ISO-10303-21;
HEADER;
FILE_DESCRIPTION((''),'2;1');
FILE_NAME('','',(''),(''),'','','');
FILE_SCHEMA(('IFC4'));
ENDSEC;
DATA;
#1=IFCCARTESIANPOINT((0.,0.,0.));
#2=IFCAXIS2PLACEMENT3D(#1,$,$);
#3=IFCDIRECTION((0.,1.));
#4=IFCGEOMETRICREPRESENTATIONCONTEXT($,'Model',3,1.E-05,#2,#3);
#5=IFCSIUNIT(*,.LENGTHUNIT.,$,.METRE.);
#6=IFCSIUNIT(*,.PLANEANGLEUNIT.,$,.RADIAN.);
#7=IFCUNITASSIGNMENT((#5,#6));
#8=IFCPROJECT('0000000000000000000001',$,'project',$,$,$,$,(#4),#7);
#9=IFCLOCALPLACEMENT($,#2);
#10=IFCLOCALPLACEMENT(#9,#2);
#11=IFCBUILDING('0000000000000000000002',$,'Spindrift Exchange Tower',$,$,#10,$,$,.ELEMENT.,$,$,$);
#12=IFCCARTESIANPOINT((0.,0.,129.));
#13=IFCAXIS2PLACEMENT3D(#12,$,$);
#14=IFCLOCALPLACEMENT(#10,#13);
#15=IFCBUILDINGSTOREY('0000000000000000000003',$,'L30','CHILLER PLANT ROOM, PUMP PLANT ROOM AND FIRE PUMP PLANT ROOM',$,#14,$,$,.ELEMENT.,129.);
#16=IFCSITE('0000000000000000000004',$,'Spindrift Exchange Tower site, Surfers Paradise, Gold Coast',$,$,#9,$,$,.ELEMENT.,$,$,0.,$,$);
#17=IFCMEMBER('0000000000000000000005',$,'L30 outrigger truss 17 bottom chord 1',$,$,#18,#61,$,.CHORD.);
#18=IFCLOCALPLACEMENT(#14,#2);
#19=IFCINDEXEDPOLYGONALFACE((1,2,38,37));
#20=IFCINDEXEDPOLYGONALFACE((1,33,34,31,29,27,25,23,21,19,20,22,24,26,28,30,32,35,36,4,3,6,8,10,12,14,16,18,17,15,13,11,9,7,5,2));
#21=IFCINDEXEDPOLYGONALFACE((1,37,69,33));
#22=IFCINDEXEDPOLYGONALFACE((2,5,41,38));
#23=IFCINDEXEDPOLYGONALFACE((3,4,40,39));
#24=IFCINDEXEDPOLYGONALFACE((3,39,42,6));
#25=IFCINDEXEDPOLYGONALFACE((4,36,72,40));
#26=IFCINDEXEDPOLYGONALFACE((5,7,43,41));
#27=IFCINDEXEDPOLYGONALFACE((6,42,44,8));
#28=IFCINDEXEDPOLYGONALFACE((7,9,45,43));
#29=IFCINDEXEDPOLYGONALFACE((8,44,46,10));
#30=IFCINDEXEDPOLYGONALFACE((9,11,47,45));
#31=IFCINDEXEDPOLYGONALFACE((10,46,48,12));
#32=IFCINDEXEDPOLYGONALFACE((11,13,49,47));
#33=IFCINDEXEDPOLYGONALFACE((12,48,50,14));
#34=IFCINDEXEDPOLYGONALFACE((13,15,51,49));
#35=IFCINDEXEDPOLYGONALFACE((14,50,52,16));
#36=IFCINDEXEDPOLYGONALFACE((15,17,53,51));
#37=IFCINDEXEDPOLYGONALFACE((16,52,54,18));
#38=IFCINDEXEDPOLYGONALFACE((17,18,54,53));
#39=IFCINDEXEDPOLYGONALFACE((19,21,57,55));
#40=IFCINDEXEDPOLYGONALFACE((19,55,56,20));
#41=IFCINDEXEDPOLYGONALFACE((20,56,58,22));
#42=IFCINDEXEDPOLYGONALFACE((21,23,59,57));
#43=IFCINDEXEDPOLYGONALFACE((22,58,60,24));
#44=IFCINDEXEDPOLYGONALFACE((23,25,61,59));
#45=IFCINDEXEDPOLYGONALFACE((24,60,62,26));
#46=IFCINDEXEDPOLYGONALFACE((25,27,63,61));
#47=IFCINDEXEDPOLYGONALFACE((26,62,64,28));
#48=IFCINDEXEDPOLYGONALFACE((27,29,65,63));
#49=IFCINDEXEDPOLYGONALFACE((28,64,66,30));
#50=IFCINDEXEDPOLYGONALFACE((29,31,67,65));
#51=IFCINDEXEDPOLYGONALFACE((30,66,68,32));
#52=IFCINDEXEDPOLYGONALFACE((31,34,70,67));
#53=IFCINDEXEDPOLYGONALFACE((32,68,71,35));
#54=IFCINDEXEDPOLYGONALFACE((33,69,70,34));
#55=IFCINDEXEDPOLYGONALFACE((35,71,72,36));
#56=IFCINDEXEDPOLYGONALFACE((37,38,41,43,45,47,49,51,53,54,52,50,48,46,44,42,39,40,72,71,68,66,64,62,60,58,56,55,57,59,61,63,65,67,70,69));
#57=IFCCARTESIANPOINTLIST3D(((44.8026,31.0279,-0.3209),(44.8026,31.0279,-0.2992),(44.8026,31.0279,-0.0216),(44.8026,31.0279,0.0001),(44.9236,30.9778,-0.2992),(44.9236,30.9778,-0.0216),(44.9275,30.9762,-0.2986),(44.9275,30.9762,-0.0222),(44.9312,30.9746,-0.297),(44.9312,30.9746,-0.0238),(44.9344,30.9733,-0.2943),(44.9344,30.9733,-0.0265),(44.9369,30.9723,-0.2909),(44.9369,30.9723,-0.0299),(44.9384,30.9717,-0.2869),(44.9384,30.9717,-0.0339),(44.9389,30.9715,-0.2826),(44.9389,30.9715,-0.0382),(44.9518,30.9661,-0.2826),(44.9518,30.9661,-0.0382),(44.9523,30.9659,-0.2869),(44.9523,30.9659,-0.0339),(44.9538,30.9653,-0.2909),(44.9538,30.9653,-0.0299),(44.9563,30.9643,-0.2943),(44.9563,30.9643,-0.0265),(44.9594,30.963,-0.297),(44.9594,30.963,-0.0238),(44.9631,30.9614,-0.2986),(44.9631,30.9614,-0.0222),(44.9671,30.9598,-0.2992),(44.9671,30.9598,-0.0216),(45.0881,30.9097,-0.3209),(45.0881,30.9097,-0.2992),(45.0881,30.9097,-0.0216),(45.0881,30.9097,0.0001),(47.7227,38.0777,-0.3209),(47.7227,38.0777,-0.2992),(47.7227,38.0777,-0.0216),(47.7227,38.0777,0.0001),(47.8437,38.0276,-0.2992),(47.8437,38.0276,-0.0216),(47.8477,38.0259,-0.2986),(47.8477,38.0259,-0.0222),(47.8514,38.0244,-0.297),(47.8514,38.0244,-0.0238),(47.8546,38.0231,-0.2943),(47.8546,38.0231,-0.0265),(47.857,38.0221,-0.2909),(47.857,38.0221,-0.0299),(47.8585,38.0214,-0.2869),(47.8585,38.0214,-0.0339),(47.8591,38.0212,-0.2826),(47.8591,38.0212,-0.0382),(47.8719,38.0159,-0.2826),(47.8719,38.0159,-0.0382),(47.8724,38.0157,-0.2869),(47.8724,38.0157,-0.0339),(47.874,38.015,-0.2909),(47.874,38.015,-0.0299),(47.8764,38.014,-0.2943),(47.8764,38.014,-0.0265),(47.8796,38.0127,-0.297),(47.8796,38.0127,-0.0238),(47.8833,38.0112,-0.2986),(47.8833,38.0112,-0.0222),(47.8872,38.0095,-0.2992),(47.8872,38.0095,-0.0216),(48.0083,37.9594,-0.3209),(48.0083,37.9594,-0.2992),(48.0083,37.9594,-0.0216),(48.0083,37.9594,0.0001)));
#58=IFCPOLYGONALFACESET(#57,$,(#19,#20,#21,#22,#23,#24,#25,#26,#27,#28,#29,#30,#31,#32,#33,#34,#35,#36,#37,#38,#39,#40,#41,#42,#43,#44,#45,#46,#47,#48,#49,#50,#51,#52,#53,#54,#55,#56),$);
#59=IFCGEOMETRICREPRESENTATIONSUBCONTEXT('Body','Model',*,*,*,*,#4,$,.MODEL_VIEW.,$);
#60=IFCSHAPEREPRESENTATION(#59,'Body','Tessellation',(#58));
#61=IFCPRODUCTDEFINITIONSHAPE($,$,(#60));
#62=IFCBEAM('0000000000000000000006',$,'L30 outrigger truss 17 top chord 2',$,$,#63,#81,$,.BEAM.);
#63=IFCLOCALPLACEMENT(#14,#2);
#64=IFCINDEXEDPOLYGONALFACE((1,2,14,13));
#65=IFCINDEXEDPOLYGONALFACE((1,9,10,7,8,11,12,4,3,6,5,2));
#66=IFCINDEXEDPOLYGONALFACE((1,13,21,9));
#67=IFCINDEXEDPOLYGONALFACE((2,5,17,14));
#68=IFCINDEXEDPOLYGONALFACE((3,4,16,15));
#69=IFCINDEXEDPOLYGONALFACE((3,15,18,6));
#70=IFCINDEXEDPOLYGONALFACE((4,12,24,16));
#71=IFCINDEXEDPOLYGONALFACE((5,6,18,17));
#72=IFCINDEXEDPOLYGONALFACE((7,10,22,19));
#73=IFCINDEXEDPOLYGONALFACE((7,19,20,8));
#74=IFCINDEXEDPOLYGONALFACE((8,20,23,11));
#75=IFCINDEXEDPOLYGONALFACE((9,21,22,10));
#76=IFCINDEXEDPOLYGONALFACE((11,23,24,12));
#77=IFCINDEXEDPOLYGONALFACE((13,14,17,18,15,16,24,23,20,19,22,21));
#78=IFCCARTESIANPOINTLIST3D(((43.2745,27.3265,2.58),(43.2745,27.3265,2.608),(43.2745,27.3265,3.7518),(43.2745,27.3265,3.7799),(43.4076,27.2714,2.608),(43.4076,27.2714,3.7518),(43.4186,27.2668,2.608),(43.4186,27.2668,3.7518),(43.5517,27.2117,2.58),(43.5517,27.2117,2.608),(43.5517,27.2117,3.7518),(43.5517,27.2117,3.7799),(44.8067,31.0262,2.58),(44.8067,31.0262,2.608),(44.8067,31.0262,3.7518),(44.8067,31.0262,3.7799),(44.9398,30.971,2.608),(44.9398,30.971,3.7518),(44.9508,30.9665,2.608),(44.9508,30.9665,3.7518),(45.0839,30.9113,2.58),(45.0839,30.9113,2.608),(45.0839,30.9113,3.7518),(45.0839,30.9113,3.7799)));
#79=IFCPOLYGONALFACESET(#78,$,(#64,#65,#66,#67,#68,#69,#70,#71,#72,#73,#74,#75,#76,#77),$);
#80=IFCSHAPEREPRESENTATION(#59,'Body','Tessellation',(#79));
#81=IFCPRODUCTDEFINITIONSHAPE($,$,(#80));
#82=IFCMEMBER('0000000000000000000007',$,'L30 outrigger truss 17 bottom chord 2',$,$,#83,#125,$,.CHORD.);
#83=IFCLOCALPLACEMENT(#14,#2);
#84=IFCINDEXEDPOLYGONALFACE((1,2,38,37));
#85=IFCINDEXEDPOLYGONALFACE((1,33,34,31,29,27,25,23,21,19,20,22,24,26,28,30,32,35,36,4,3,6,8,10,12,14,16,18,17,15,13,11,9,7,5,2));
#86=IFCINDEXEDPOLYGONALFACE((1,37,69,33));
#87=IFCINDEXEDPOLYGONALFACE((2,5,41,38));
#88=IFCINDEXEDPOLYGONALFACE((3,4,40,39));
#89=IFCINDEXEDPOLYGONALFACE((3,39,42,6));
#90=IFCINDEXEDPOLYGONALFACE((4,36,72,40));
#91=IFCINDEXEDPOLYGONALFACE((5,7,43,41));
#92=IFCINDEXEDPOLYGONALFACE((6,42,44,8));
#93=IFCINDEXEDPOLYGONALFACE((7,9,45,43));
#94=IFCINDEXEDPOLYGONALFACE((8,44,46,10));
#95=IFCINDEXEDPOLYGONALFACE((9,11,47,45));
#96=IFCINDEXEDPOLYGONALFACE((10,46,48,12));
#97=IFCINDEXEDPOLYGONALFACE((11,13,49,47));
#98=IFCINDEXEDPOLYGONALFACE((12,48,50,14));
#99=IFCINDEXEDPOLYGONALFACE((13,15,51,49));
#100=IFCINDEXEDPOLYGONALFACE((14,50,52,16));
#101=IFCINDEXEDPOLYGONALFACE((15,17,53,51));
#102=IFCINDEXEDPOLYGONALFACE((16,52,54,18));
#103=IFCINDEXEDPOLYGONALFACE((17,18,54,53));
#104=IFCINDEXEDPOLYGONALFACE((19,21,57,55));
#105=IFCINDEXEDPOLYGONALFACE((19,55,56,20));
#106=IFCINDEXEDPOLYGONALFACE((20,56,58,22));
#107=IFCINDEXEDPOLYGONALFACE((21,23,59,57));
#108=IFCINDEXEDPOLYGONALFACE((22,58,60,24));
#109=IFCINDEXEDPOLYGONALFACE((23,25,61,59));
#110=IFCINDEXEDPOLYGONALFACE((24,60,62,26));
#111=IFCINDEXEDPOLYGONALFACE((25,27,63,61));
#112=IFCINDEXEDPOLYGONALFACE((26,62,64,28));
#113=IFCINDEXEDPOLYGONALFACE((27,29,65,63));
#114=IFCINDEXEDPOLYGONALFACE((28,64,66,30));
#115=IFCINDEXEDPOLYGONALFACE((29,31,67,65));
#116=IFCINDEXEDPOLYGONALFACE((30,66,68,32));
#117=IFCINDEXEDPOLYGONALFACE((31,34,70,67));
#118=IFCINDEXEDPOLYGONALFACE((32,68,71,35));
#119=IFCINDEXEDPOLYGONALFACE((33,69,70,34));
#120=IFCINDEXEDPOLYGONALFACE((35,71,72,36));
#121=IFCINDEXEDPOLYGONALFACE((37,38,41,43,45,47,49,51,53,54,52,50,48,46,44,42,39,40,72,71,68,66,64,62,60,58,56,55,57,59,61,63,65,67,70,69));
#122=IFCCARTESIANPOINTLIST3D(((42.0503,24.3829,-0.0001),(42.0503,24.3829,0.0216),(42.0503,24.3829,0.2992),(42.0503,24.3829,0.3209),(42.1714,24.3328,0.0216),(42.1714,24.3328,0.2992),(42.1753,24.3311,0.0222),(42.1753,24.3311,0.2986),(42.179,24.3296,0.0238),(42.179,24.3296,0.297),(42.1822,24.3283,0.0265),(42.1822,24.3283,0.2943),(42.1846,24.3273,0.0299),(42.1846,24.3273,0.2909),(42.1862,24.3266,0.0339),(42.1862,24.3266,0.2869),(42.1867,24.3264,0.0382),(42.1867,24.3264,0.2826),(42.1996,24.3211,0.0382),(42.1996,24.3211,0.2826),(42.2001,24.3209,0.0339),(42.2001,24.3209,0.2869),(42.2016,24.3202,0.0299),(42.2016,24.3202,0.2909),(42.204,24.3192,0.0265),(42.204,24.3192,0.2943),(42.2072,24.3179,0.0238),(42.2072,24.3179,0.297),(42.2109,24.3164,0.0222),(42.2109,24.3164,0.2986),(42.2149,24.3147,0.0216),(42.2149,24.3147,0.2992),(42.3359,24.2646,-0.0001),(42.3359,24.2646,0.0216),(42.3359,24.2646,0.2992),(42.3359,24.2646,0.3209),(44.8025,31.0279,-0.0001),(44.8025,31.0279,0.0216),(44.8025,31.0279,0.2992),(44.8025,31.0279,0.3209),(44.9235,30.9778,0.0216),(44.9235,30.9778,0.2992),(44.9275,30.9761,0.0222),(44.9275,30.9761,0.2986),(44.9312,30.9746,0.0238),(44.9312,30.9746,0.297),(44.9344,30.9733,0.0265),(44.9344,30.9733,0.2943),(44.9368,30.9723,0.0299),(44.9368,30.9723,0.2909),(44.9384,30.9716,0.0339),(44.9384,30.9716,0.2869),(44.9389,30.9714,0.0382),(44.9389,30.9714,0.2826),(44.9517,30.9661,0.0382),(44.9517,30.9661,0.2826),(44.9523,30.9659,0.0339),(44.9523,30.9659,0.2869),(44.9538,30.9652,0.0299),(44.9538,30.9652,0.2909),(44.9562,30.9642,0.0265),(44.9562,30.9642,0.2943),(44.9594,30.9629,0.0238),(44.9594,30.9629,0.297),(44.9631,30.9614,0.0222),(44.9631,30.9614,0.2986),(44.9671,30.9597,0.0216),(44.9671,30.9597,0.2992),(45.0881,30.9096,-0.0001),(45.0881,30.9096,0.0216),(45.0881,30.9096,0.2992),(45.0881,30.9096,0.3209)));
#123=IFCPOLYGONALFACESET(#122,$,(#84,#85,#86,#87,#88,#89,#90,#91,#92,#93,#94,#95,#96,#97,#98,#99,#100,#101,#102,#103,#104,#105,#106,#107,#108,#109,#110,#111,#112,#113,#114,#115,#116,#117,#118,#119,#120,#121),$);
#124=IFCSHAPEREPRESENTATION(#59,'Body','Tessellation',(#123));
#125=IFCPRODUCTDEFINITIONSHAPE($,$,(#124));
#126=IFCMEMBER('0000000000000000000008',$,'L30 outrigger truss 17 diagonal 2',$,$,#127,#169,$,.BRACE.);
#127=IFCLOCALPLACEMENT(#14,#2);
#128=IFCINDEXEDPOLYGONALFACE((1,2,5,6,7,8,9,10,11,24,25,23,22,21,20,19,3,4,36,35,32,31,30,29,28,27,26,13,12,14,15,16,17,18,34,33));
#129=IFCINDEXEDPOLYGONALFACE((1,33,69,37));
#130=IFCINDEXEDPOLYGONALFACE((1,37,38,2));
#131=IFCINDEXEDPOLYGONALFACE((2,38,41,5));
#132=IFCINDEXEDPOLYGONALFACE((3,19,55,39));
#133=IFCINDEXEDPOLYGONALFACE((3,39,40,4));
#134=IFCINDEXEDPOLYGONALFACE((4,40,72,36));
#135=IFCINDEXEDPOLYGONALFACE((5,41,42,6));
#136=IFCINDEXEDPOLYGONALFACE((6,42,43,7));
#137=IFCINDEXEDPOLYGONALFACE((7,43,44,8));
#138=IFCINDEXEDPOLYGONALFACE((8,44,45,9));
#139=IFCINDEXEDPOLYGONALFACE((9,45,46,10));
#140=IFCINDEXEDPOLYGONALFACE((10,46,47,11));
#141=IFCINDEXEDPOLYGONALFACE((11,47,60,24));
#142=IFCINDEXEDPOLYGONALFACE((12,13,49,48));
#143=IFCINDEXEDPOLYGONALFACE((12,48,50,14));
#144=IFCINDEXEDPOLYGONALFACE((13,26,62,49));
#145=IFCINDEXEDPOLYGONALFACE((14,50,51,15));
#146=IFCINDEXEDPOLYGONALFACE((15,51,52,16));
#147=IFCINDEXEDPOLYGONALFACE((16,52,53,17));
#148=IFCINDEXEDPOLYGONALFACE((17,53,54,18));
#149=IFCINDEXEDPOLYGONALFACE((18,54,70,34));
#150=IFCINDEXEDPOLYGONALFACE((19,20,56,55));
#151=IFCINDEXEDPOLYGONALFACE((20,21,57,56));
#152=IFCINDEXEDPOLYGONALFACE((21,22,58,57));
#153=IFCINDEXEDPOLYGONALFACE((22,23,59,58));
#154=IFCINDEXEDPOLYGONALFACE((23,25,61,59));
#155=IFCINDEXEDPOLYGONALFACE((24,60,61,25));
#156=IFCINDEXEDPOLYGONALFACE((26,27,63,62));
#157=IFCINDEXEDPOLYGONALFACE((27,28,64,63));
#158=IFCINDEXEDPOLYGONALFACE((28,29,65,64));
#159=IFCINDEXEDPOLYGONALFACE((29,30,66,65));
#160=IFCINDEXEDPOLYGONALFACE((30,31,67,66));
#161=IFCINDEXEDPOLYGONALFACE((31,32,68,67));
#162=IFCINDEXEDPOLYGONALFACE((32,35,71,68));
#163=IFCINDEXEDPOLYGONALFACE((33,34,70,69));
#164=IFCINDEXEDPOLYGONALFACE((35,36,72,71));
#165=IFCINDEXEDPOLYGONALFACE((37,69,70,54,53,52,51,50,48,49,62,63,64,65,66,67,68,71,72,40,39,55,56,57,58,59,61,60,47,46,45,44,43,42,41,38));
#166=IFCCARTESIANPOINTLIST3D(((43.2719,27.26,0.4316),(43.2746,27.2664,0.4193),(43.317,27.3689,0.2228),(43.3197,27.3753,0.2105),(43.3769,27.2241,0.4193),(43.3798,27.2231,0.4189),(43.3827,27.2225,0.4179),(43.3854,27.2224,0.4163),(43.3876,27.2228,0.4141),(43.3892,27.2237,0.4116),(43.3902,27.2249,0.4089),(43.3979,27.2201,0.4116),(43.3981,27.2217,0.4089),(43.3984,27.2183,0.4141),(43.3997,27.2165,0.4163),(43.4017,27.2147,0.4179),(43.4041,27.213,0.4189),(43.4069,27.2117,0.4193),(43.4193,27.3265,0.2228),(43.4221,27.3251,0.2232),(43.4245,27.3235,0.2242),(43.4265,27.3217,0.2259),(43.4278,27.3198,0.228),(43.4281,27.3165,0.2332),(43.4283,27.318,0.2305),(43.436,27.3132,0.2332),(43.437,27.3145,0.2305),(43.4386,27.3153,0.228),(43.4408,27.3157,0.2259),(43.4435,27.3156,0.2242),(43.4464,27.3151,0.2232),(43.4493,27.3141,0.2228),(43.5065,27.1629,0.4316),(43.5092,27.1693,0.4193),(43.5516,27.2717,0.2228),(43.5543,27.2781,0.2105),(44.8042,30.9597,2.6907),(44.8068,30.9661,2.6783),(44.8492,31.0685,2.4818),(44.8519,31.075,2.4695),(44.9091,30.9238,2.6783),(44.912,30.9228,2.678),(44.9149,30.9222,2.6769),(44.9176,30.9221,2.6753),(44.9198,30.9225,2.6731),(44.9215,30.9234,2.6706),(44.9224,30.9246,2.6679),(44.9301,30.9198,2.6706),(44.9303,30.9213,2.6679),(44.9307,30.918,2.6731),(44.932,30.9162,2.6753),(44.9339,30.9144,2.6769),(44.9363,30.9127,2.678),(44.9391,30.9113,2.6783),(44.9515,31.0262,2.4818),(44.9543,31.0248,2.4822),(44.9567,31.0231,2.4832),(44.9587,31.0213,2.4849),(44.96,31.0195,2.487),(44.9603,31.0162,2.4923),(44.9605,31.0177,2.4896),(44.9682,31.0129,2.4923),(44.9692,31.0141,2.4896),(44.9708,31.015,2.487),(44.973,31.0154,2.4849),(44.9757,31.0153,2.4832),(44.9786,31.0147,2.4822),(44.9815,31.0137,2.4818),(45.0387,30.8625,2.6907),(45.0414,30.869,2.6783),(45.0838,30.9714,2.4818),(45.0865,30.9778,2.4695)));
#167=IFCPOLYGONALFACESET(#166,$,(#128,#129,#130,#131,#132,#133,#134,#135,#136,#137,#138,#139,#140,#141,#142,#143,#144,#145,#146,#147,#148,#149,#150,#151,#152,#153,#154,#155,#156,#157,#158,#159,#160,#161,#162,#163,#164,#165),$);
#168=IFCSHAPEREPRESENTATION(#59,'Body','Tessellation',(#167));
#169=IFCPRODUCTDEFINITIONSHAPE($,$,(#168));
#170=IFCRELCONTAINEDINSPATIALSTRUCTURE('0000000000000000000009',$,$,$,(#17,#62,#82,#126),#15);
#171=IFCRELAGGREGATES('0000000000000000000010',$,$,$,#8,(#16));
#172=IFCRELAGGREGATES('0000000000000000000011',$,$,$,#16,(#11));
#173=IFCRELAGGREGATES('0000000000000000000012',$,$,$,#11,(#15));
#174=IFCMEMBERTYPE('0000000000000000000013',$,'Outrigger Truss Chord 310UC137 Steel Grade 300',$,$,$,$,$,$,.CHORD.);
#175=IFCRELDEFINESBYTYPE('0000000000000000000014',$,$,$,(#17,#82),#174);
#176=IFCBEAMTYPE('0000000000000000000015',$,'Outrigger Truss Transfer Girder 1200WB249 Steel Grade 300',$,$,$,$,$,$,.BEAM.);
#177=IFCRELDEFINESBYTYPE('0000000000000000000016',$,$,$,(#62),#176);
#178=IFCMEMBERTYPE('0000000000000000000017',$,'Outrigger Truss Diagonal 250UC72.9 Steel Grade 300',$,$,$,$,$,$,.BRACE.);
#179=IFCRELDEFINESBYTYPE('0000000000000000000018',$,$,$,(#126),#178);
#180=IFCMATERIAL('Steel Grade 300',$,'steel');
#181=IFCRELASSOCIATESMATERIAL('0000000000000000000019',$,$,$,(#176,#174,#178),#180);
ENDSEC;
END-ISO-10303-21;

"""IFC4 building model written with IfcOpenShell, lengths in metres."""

from ifc_helpers import new_model, si_unit, direction, frame, origin, origin_2d, place, context, subcontext, project, spatial, i_section, extrude, source, transform, mapped, material, material_profile, profile_set, type_object, element, save


model = new_model("IFC4")

# Units and contexts
model_context = context("Model", 3, precision=1e-05, world=origin(), true_north=direction((0.0, 1.0)))
body_context = subcontext(model_context, "Body", "Model", "MODEL_VIEW")
ifc_project = project(units=[si_unit("LENGTHUNIT", "METRE"), si_unit("PLANEANGLEUNIT", "RADIAN")], contexts=[model_context])

# Site, building, storey
site_placement = place(None, origin())
site = spatial("IfcSite", under=ifc_project, at=site_placement, Name="Spindrift Exchange Tower site, Surfers Paradise, Gold Coast", CompositionType="ELEMENT", RefElevation=0.0)
building_placement = place(site_placement, origin())
building = spatial("IfcBuilding", under=site, at=building_placement, Name="Spindrift Exchange Tower", CompositionType="ELEMENT")
storey_placement = place(building_placement, frame((0.0, 0.0, 129.0)))
storey = spatial("IfcBuildingStorey", under=building, at=storey_placement, Name="L30", Description="CHILLER PLANT ROOM, PUMP PLANT ROOM AND FIRE PUMP PLANT ROOM", CompositionType="ELEMENT", Elevation=129.0)

# Shared definitions
ifc_material_1 = material(Name="Steel Grade 300", Category="steel")
ifc_material_profile_1 = material_profile(ifc_material_1, i_section(OverallWidth=0.3, OverallDepth=1.2, WebThickness=0.012, FlangeThickness=0.0281, at=origin_2d()), Name="1200WB249")
ifc_profile_set_1 = profile_set([ifc_material_profile_1], Name="Steel Grade 300")
beam_type = type_object("IfcBeamType", Name="Outrigger Truss Transfer Girder 1200WB249 Steel Grade 300", PredefinedType="BEAM", material=ifc_profile_set_1)

# Shared definitions
ifc_material_profile_2 = material_profile(ifc_material_1, i_section(OverallWidth=0.3091, OverallDepth=0.321, WebThickness=0.0139, FlangeThickness=0.0217, FilletRadius=0.0166, at=origin_2d()), Name="310UC137")
ifc_profile_set_2 = profile_set([ifc_material_profile_2], Name="Steel Grade 300")
member_type_1 = type_object("IfcMemberType", Name="Outrigger Truss Chord 310UC137 Steel Grade 300", PredefinedType="CHORD", material=ifc_profile_set_2)

# Member
ifc_material_profile_3 = material_profile(ifc_material_1, i_section(OverallWidth=0.2539, OverallDepth=0.2539, WebThickness=0.0085, FlangeThickness=0.0142, FilletRadius=0.012, at=origin_2d()), Name="250UC72.9")
ifc_profile_set_3 = profile_set([ifc_material_profile_3], Name="Steel Grade 300")
member_type_2 = type_object("IfcMemberType", Name="Outrigger Truss Diagonal 250UC72.9 Steel Grade 300", PredefinedType="BRACE", material=ifc_profile_set_3)
shared_shape_1 = source(origin(), body_context, "Body", "SweptSolid", [
    extrude(i_section(OverallWidth=0.3091, OverallDepth=0.321, WebThickness=0.0139, FlangeThickness=0.0217, FilletRadius=0.0166, at=origin_2d()), origin(), (0.0, 0.0, 1.0), 7.6306),
])
member_1_placement = place(storey_placement, frame((47.8655, 38.0186, -0.1604), z_axis=(-0.382688, -0.923878, 0.0), x_axis=(0.923878, -0.382688, 0.0)))
element("IfcMember", 1, at=member_1_placement, inside=storey, type_object=member_type_1, Name="L30 outrigger truss 17 bottom chord 1", PredefinedType="CHORD", context=body_context, shape_type="MappedRepresentation", body=[
    mapped(shared_shape_1, transform((0.0, 0.0, 0.0), scale=1.0)),
])

# Beam
shared_shape_2 = source(origin(), body_context, "Body", "SweptSolid", [
    extrude(i_section(OverallWidth=0.3, OverallDepth=1.2, WebThickness=0.012, FlangeThickness=0.0281, at=origin_2d()), origin(), (0.0, 0.0, 1.0), 4.0044),
])
beam_1_placement = place(storey_placement, frame((44.9453, 30.9688, 3.1799), z_axis=(-0.382632, -0.923901, 0.0), x_axis=(0.923901, -0.382632, 0.0)))
element("IfcBeam", 2, at=beam_1_placement, inside=storey, type_object=beam_type, Name="L30 outrigger truss 17 top chord 2", PredefinedType="BEAM", context=body_context, shape_type="MappedRepresentation", body=[
    mapped(shared_shape_2, transform((0.0, 0.0, 0.0), scale=1.0)),
])

# Members
shared_shape_3 = source(origin(), body_context, "Body", "SweptSolid", [
    extrude(i_section(OverallWidth=0.3091, OverallDepth=0.321, WebThickness=0.0139, FlangeThickness=0.0217, FilletRadius=0.0166, at=origin_2d()), origin(), (0.0, 0.0, 1.0), 7.1924),
])
member_2_placement = place(storey_placement, frame((44.9453, 30.9688, 0.1604), z_axis=(-0.382653, -0.923892, 0.0), x_axis=(0.923892, -0.382653, 0.0)))
element("IfcMember", 3, at=member_2_placement, inside=storey, type_object=member_type_1, Name="L30 outrigger truss 17 bottom chord 2", PredefinedType="CHORD", context=body_context, shape_type="MappedRepresentation", body=[
    mapped(shared_shape_3, transform((0.0, 0.0, 0.0), scale=1.0)),
])
shared_shape_4 = source(origin(), body_context, "Body", "SweptSolid", [
    extrude(i_section(OverallWidth=0.2539, OverallDepth=0.2539, WebThickness=0.0085, FlangeThickness=0.0142, FilletRadius=0.012, at=origin_2d()), origin(), (0.0, 0.0, 1.0), 4.5977),
])
member_3_placement = place(storey_placement, frame((44.9453, 30.9688, 2.5801), z_axis=(-0.33326, -0.804688, -0.491341), x_axis=(0.923901, -0.382632, 0.0)))
element("IfcMember", 4, at=member_3_placement, inside=storey, type_object=member_type_2, Name="L30 outrigger truss 17 diagonal 2", PredefinedType="BRACE", context=body_context, shape_type="MappedRepresentation", body=[
    mapped(shared_shape_4, transform((0.0, 0.0, 0.0), scale=1.0)),
])

save(model, "model.ifc")
